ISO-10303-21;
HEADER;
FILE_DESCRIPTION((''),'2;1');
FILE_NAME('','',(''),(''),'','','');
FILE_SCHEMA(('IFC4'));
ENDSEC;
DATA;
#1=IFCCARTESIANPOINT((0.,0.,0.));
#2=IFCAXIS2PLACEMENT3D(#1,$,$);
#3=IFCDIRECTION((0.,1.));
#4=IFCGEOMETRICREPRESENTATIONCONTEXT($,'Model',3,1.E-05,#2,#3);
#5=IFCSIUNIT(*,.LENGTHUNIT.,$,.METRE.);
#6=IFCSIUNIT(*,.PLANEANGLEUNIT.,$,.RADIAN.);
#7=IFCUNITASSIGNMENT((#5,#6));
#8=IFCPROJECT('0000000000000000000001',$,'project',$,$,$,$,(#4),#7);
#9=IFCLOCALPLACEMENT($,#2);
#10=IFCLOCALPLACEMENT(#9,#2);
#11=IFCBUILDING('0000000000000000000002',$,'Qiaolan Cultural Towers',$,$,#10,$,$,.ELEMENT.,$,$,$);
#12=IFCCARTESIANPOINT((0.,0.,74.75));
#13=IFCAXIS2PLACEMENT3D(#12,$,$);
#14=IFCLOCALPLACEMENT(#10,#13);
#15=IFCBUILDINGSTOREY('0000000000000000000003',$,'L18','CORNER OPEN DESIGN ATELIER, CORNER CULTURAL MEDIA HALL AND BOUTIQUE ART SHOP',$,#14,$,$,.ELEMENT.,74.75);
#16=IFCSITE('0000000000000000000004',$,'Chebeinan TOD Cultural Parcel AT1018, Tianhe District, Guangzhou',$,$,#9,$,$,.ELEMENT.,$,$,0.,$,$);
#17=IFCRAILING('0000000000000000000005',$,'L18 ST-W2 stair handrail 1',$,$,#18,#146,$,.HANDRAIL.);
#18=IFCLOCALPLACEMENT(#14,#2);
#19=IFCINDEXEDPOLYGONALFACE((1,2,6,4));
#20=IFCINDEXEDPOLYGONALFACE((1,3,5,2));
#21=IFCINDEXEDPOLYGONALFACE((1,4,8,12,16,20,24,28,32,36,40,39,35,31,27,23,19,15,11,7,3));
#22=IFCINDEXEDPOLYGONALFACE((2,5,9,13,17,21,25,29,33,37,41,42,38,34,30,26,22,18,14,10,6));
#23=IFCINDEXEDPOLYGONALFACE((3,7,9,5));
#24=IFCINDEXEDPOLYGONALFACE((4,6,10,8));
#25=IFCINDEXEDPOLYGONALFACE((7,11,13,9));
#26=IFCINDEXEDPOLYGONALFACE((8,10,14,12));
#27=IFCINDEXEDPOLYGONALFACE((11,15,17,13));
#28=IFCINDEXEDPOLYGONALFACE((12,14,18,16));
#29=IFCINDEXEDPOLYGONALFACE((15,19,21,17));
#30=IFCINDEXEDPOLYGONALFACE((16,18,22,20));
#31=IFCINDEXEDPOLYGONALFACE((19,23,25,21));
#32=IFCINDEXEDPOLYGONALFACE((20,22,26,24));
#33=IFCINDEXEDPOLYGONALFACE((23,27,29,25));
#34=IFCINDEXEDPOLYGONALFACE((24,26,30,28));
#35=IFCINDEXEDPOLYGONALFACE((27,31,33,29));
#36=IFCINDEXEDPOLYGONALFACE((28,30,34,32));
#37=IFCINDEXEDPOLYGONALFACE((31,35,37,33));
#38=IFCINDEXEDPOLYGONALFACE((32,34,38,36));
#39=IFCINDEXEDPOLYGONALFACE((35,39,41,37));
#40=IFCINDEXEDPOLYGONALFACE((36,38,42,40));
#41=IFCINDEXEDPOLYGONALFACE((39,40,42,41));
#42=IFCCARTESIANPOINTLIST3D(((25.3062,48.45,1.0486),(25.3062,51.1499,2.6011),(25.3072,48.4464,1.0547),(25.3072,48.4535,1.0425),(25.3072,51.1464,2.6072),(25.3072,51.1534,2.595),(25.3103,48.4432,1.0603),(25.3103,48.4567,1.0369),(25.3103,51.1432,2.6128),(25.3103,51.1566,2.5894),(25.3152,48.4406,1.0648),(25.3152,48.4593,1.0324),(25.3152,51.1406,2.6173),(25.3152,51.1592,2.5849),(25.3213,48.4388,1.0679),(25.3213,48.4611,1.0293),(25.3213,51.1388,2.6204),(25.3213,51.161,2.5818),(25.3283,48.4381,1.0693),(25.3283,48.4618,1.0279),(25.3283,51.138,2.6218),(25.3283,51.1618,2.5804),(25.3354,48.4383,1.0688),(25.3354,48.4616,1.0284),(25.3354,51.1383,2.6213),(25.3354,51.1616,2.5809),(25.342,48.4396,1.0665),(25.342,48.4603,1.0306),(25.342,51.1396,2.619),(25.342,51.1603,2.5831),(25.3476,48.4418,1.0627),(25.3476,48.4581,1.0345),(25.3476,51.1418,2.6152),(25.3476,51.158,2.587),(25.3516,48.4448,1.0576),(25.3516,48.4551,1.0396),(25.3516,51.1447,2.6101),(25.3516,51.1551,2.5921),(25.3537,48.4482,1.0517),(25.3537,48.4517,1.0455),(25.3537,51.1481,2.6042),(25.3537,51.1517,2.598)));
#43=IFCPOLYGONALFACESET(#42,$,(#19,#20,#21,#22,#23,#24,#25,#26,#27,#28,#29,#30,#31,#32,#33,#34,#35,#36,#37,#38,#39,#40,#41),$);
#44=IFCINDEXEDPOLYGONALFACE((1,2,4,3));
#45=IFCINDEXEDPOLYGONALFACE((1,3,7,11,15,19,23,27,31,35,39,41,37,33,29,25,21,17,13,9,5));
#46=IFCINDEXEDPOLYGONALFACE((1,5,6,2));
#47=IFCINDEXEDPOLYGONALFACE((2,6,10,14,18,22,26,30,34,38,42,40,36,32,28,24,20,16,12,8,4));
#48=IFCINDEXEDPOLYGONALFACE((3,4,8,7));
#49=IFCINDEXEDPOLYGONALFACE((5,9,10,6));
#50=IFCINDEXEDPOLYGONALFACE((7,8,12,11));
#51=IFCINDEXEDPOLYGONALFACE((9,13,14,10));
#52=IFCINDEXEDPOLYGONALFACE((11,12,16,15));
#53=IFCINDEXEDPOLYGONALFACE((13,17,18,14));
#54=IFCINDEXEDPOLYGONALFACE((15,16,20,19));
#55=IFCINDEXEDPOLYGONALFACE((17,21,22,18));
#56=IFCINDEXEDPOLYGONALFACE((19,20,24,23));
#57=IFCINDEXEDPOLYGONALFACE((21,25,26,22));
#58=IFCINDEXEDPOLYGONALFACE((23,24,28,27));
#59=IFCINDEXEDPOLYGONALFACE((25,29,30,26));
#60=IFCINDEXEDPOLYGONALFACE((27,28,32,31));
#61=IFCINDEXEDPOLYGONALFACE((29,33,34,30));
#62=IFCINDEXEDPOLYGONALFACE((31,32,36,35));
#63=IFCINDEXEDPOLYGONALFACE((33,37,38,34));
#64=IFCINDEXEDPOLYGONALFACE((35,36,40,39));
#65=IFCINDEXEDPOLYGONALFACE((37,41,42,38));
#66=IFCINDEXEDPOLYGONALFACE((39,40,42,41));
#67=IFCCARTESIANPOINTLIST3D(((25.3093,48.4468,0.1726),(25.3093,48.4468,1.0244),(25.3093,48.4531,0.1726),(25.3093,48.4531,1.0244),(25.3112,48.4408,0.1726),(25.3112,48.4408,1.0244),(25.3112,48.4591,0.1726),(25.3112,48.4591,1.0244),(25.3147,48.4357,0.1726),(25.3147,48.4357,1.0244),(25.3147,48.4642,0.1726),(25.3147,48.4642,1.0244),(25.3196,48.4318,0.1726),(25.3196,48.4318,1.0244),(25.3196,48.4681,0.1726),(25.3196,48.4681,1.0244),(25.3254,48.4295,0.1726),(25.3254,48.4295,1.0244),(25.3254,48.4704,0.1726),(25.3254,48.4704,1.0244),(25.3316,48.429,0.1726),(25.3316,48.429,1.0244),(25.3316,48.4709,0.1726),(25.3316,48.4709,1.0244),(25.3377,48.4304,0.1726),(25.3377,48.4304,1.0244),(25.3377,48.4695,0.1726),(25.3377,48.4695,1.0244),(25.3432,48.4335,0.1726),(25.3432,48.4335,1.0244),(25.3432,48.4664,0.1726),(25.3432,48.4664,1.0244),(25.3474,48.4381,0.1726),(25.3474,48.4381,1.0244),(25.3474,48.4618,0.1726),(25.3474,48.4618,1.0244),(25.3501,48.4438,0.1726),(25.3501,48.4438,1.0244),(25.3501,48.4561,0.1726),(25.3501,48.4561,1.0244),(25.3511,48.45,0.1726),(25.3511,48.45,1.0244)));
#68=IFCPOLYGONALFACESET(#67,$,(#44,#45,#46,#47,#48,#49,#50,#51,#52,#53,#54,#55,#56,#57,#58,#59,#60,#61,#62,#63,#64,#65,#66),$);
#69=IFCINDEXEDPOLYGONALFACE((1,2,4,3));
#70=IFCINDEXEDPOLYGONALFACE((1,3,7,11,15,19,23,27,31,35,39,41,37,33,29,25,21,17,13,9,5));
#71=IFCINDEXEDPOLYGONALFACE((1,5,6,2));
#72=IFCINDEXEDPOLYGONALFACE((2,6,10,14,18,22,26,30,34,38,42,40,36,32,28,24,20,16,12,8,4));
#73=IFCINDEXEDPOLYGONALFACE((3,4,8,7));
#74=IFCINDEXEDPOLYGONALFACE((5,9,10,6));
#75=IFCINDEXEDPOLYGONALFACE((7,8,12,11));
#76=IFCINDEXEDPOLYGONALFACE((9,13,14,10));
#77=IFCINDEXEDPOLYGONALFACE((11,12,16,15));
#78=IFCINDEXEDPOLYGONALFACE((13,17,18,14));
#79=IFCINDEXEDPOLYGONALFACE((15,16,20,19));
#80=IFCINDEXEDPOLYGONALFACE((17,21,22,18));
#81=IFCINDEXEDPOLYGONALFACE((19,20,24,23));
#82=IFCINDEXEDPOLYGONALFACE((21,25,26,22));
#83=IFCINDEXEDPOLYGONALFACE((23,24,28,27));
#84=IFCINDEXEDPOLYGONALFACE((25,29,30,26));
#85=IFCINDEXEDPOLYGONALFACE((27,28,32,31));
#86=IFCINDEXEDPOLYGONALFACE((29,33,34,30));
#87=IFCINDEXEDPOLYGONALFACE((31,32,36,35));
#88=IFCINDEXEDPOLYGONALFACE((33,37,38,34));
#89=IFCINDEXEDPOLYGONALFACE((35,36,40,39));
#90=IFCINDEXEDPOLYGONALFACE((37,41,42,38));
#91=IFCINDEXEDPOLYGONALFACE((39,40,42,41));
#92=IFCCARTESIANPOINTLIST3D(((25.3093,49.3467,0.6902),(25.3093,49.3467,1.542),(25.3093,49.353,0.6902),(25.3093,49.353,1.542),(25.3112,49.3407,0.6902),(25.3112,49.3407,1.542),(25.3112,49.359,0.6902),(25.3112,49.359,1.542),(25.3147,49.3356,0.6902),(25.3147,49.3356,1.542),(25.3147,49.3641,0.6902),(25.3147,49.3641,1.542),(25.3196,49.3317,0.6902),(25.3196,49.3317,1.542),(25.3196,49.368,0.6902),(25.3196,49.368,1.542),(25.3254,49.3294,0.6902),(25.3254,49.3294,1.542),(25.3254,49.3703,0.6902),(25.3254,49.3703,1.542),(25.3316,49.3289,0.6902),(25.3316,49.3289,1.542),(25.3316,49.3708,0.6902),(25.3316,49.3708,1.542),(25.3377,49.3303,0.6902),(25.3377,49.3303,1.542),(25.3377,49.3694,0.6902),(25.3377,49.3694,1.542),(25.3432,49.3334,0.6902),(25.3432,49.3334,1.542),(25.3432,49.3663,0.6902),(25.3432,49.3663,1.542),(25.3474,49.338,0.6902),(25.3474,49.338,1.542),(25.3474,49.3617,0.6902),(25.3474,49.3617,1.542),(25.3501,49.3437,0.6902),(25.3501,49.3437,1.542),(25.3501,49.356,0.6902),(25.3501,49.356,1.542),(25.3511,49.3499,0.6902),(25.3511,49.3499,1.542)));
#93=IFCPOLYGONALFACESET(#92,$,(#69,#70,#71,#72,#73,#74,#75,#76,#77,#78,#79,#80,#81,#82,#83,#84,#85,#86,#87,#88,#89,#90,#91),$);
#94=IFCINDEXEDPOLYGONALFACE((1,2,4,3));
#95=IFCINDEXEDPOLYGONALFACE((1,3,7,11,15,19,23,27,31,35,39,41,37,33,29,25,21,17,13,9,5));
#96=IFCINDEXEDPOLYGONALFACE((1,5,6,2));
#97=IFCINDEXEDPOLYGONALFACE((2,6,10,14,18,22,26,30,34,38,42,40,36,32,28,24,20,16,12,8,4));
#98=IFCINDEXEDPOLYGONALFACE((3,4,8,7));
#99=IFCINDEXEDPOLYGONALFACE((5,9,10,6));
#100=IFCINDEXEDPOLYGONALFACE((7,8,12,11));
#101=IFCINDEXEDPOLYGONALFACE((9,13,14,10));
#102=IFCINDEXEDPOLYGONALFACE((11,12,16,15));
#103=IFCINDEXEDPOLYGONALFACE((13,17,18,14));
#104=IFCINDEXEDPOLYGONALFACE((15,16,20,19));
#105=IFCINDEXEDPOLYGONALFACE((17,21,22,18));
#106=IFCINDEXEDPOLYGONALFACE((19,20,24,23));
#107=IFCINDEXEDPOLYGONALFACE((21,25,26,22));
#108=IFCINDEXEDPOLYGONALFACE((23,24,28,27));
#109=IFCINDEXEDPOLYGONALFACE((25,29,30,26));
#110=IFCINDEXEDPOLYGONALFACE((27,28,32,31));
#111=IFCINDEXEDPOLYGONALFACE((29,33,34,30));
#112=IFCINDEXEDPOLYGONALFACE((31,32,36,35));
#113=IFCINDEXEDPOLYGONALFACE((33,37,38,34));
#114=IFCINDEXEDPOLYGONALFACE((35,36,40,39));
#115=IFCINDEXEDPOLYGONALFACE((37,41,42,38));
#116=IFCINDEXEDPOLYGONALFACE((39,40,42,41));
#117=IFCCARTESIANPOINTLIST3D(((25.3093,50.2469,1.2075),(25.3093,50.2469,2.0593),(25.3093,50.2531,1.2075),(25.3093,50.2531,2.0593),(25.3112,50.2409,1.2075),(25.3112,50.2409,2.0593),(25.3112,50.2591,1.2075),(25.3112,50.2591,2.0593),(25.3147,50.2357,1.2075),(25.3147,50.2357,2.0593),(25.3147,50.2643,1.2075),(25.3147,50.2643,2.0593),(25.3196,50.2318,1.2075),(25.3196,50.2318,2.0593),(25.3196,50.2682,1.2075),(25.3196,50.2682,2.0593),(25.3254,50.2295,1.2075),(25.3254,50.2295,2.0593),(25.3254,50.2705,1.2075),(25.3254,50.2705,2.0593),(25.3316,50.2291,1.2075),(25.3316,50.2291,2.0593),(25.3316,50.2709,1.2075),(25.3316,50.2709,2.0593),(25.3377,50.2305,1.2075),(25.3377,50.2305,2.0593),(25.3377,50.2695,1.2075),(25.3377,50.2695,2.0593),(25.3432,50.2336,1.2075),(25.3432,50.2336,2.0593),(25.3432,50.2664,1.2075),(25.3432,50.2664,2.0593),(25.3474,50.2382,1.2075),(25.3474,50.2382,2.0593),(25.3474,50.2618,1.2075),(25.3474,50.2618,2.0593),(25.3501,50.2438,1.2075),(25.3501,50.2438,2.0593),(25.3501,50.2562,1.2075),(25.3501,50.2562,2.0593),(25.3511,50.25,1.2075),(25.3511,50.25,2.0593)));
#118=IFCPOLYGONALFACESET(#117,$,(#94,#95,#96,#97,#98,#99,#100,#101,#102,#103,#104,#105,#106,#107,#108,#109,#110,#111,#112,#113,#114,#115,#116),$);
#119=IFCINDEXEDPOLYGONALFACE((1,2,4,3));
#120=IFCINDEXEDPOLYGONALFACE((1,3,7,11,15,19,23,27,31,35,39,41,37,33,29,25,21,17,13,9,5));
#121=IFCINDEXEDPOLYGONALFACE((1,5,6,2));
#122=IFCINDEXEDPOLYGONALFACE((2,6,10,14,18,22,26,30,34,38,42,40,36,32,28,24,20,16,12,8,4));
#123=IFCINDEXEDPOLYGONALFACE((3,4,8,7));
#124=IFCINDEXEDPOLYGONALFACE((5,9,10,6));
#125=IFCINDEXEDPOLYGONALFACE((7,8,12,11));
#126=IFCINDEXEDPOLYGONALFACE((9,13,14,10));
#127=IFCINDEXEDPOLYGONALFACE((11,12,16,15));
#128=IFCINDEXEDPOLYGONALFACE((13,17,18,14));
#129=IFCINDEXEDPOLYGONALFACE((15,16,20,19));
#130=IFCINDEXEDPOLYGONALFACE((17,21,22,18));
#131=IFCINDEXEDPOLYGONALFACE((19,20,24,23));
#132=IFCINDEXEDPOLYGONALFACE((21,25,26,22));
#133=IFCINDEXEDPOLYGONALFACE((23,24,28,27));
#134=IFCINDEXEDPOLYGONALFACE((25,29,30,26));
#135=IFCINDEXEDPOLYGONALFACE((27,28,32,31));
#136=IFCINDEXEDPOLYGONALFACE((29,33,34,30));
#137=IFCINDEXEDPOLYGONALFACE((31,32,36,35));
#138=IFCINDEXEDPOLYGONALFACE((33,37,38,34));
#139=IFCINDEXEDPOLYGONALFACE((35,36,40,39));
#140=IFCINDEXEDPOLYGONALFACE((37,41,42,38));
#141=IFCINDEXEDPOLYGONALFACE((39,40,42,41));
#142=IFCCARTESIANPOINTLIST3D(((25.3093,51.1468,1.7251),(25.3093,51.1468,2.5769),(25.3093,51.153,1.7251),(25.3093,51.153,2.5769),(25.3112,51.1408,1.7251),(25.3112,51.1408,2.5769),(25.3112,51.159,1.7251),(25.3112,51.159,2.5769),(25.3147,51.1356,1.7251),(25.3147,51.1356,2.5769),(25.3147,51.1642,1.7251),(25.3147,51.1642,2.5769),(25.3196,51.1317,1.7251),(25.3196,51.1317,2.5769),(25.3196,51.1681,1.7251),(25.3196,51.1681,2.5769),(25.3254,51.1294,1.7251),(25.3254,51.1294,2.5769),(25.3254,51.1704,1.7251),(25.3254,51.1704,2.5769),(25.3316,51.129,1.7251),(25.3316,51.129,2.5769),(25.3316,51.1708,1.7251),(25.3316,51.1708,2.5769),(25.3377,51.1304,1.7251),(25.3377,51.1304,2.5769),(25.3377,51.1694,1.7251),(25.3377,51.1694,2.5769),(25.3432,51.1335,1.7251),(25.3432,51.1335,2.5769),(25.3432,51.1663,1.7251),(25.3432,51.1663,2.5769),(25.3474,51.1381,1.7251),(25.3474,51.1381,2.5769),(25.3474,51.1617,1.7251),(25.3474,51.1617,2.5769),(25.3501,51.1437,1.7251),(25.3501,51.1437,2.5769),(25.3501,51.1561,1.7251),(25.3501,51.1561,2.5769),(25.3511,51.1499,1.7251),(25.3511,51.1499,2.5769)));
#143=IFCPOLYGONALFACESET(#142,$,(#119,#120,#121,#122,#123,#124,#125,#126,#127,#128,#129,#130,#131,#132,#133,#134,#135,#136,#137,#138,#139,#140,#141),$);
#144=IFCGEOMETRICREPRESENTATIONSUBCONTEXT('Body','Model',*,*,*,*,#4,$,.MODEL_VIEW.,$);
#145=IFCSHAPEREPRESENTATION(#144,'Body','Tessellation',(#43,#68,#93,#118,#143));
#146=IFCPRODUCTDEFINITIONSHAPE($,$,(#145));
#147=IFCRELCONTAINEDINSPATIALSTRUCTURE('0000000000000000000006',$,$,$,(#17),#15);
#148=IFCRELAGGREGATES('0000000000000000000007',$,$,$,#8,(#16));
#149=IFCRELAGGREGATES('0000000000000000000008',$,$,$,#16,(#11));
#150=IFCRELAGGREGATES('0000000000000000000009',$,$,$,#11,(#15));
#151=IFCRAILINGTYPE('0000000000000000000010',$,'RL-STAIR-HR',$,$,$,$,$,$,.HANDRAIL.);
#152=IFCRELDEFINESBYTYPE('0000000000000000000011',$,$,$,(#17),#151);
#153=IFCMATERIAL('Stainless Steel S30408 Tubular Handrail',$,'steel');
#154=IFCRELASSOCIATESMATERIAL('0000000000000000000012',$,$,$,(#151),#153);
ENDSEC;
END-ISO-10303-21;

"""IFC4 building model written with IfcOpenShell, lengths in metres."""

from ifc_helpers import new_model, si_unit, direction, frame, origin, origin_2d, place, context, subcontext, project, spatial, circle, extrude, material, type_object, element, save


model = new_model("IFC4")

# Units and contexts
model_context = context("Model", 3, precision=1e-05, world=origin(), true_north=direction((0.0, 1.0)))
body_context = subcontext(model_context, "Body", "Model", "MODEL_VIEW")
ifc_project = project(units=[si_unit("LENGTHUNIT", "METRE"), si_unit("PLANEANGLEUNIT", "RADIAN")], contexts=[model_context])

# Site, building, storey
site_placement = place(None, origin())
site = spatial("IfcSite", under=ifc_project, at=site_placement, Name="Chebeinan TOD Cultural Parcel AT1018, Tianhe District, Guangzhou", CompositionType="ELEMENT", RefElevation=0.0)
building_placement = place(site_placement, origin())
building = spatial("IfcBuilding", under=site, at=building_placement, Name="Qiaolan Cultural Towers", CompositionType="ELEMENT")
storey_placement = place(building_placement, frame((0.0, 0.0, 74.75)))
storey = spatial("IfcBuildingStorey", under=building, at=storey_placement, Name="L18", Description="CORNER OPEN DESIGN ATELIER, CORNER CULTURAL MEDIA HALL AND BOUTIQUE ART SHOP", CompositionType="ELEMENT", Elevation=74.75)

# Railing
ifc_material_1 = material(Name="Stainless Steel S30408 Tubular Handrail", Category="steel")
railing_type_1 = type_object("IfcRailingType", Name="RL-STAIR-HR", PredefinedType="HANDRAIL", material=ifc_material_1)
railing_1_placement = place(storey_placement, frame((25.3301, 48.45, 0.1726)))
element("IfcRailing", 1, at=railing_1_placement, inside=storey, type_object=railing_type_1, Name="L18 ST-W2 stair handrail 1", PredefinedType="HANDRAIL", context=body_context, shape_type="SweptSolid", body=[
    extrude(circle(Radius=0.0239, at=origin_2d()), frame((0.0, 0.0, 0.876), z_axis=(0.0, 0.866904, 0.498476), x_axis=(-1.0, 0.0, 0.0)), (0.0, 0.0, 1.0), 3.1145),
    extrude(circle(Radius=0.021, at=origin_2d()), origin(), (0.0, 0.0, 1.0), 0.8518),
    extrude(circle(Radius=0.021, at=origin_2d()), frame((0.0, 0.8999, 0.5176)), (0.0, 0.0, 1.0), 0.8518),
    extrude(circle(Radius=0.021, at=origin_2d()), frame((0.0, 1.8, 1.0349)), (0.0, 0.0, 1.0), 0.8518),
    extrude(circle(Radius=0.021, at=origin_2d()), frame((0.0, 2.7, 1.5525)), (0.0, 0.0, 1.0), 0.8518),
])

save(model, "model.ifc")
